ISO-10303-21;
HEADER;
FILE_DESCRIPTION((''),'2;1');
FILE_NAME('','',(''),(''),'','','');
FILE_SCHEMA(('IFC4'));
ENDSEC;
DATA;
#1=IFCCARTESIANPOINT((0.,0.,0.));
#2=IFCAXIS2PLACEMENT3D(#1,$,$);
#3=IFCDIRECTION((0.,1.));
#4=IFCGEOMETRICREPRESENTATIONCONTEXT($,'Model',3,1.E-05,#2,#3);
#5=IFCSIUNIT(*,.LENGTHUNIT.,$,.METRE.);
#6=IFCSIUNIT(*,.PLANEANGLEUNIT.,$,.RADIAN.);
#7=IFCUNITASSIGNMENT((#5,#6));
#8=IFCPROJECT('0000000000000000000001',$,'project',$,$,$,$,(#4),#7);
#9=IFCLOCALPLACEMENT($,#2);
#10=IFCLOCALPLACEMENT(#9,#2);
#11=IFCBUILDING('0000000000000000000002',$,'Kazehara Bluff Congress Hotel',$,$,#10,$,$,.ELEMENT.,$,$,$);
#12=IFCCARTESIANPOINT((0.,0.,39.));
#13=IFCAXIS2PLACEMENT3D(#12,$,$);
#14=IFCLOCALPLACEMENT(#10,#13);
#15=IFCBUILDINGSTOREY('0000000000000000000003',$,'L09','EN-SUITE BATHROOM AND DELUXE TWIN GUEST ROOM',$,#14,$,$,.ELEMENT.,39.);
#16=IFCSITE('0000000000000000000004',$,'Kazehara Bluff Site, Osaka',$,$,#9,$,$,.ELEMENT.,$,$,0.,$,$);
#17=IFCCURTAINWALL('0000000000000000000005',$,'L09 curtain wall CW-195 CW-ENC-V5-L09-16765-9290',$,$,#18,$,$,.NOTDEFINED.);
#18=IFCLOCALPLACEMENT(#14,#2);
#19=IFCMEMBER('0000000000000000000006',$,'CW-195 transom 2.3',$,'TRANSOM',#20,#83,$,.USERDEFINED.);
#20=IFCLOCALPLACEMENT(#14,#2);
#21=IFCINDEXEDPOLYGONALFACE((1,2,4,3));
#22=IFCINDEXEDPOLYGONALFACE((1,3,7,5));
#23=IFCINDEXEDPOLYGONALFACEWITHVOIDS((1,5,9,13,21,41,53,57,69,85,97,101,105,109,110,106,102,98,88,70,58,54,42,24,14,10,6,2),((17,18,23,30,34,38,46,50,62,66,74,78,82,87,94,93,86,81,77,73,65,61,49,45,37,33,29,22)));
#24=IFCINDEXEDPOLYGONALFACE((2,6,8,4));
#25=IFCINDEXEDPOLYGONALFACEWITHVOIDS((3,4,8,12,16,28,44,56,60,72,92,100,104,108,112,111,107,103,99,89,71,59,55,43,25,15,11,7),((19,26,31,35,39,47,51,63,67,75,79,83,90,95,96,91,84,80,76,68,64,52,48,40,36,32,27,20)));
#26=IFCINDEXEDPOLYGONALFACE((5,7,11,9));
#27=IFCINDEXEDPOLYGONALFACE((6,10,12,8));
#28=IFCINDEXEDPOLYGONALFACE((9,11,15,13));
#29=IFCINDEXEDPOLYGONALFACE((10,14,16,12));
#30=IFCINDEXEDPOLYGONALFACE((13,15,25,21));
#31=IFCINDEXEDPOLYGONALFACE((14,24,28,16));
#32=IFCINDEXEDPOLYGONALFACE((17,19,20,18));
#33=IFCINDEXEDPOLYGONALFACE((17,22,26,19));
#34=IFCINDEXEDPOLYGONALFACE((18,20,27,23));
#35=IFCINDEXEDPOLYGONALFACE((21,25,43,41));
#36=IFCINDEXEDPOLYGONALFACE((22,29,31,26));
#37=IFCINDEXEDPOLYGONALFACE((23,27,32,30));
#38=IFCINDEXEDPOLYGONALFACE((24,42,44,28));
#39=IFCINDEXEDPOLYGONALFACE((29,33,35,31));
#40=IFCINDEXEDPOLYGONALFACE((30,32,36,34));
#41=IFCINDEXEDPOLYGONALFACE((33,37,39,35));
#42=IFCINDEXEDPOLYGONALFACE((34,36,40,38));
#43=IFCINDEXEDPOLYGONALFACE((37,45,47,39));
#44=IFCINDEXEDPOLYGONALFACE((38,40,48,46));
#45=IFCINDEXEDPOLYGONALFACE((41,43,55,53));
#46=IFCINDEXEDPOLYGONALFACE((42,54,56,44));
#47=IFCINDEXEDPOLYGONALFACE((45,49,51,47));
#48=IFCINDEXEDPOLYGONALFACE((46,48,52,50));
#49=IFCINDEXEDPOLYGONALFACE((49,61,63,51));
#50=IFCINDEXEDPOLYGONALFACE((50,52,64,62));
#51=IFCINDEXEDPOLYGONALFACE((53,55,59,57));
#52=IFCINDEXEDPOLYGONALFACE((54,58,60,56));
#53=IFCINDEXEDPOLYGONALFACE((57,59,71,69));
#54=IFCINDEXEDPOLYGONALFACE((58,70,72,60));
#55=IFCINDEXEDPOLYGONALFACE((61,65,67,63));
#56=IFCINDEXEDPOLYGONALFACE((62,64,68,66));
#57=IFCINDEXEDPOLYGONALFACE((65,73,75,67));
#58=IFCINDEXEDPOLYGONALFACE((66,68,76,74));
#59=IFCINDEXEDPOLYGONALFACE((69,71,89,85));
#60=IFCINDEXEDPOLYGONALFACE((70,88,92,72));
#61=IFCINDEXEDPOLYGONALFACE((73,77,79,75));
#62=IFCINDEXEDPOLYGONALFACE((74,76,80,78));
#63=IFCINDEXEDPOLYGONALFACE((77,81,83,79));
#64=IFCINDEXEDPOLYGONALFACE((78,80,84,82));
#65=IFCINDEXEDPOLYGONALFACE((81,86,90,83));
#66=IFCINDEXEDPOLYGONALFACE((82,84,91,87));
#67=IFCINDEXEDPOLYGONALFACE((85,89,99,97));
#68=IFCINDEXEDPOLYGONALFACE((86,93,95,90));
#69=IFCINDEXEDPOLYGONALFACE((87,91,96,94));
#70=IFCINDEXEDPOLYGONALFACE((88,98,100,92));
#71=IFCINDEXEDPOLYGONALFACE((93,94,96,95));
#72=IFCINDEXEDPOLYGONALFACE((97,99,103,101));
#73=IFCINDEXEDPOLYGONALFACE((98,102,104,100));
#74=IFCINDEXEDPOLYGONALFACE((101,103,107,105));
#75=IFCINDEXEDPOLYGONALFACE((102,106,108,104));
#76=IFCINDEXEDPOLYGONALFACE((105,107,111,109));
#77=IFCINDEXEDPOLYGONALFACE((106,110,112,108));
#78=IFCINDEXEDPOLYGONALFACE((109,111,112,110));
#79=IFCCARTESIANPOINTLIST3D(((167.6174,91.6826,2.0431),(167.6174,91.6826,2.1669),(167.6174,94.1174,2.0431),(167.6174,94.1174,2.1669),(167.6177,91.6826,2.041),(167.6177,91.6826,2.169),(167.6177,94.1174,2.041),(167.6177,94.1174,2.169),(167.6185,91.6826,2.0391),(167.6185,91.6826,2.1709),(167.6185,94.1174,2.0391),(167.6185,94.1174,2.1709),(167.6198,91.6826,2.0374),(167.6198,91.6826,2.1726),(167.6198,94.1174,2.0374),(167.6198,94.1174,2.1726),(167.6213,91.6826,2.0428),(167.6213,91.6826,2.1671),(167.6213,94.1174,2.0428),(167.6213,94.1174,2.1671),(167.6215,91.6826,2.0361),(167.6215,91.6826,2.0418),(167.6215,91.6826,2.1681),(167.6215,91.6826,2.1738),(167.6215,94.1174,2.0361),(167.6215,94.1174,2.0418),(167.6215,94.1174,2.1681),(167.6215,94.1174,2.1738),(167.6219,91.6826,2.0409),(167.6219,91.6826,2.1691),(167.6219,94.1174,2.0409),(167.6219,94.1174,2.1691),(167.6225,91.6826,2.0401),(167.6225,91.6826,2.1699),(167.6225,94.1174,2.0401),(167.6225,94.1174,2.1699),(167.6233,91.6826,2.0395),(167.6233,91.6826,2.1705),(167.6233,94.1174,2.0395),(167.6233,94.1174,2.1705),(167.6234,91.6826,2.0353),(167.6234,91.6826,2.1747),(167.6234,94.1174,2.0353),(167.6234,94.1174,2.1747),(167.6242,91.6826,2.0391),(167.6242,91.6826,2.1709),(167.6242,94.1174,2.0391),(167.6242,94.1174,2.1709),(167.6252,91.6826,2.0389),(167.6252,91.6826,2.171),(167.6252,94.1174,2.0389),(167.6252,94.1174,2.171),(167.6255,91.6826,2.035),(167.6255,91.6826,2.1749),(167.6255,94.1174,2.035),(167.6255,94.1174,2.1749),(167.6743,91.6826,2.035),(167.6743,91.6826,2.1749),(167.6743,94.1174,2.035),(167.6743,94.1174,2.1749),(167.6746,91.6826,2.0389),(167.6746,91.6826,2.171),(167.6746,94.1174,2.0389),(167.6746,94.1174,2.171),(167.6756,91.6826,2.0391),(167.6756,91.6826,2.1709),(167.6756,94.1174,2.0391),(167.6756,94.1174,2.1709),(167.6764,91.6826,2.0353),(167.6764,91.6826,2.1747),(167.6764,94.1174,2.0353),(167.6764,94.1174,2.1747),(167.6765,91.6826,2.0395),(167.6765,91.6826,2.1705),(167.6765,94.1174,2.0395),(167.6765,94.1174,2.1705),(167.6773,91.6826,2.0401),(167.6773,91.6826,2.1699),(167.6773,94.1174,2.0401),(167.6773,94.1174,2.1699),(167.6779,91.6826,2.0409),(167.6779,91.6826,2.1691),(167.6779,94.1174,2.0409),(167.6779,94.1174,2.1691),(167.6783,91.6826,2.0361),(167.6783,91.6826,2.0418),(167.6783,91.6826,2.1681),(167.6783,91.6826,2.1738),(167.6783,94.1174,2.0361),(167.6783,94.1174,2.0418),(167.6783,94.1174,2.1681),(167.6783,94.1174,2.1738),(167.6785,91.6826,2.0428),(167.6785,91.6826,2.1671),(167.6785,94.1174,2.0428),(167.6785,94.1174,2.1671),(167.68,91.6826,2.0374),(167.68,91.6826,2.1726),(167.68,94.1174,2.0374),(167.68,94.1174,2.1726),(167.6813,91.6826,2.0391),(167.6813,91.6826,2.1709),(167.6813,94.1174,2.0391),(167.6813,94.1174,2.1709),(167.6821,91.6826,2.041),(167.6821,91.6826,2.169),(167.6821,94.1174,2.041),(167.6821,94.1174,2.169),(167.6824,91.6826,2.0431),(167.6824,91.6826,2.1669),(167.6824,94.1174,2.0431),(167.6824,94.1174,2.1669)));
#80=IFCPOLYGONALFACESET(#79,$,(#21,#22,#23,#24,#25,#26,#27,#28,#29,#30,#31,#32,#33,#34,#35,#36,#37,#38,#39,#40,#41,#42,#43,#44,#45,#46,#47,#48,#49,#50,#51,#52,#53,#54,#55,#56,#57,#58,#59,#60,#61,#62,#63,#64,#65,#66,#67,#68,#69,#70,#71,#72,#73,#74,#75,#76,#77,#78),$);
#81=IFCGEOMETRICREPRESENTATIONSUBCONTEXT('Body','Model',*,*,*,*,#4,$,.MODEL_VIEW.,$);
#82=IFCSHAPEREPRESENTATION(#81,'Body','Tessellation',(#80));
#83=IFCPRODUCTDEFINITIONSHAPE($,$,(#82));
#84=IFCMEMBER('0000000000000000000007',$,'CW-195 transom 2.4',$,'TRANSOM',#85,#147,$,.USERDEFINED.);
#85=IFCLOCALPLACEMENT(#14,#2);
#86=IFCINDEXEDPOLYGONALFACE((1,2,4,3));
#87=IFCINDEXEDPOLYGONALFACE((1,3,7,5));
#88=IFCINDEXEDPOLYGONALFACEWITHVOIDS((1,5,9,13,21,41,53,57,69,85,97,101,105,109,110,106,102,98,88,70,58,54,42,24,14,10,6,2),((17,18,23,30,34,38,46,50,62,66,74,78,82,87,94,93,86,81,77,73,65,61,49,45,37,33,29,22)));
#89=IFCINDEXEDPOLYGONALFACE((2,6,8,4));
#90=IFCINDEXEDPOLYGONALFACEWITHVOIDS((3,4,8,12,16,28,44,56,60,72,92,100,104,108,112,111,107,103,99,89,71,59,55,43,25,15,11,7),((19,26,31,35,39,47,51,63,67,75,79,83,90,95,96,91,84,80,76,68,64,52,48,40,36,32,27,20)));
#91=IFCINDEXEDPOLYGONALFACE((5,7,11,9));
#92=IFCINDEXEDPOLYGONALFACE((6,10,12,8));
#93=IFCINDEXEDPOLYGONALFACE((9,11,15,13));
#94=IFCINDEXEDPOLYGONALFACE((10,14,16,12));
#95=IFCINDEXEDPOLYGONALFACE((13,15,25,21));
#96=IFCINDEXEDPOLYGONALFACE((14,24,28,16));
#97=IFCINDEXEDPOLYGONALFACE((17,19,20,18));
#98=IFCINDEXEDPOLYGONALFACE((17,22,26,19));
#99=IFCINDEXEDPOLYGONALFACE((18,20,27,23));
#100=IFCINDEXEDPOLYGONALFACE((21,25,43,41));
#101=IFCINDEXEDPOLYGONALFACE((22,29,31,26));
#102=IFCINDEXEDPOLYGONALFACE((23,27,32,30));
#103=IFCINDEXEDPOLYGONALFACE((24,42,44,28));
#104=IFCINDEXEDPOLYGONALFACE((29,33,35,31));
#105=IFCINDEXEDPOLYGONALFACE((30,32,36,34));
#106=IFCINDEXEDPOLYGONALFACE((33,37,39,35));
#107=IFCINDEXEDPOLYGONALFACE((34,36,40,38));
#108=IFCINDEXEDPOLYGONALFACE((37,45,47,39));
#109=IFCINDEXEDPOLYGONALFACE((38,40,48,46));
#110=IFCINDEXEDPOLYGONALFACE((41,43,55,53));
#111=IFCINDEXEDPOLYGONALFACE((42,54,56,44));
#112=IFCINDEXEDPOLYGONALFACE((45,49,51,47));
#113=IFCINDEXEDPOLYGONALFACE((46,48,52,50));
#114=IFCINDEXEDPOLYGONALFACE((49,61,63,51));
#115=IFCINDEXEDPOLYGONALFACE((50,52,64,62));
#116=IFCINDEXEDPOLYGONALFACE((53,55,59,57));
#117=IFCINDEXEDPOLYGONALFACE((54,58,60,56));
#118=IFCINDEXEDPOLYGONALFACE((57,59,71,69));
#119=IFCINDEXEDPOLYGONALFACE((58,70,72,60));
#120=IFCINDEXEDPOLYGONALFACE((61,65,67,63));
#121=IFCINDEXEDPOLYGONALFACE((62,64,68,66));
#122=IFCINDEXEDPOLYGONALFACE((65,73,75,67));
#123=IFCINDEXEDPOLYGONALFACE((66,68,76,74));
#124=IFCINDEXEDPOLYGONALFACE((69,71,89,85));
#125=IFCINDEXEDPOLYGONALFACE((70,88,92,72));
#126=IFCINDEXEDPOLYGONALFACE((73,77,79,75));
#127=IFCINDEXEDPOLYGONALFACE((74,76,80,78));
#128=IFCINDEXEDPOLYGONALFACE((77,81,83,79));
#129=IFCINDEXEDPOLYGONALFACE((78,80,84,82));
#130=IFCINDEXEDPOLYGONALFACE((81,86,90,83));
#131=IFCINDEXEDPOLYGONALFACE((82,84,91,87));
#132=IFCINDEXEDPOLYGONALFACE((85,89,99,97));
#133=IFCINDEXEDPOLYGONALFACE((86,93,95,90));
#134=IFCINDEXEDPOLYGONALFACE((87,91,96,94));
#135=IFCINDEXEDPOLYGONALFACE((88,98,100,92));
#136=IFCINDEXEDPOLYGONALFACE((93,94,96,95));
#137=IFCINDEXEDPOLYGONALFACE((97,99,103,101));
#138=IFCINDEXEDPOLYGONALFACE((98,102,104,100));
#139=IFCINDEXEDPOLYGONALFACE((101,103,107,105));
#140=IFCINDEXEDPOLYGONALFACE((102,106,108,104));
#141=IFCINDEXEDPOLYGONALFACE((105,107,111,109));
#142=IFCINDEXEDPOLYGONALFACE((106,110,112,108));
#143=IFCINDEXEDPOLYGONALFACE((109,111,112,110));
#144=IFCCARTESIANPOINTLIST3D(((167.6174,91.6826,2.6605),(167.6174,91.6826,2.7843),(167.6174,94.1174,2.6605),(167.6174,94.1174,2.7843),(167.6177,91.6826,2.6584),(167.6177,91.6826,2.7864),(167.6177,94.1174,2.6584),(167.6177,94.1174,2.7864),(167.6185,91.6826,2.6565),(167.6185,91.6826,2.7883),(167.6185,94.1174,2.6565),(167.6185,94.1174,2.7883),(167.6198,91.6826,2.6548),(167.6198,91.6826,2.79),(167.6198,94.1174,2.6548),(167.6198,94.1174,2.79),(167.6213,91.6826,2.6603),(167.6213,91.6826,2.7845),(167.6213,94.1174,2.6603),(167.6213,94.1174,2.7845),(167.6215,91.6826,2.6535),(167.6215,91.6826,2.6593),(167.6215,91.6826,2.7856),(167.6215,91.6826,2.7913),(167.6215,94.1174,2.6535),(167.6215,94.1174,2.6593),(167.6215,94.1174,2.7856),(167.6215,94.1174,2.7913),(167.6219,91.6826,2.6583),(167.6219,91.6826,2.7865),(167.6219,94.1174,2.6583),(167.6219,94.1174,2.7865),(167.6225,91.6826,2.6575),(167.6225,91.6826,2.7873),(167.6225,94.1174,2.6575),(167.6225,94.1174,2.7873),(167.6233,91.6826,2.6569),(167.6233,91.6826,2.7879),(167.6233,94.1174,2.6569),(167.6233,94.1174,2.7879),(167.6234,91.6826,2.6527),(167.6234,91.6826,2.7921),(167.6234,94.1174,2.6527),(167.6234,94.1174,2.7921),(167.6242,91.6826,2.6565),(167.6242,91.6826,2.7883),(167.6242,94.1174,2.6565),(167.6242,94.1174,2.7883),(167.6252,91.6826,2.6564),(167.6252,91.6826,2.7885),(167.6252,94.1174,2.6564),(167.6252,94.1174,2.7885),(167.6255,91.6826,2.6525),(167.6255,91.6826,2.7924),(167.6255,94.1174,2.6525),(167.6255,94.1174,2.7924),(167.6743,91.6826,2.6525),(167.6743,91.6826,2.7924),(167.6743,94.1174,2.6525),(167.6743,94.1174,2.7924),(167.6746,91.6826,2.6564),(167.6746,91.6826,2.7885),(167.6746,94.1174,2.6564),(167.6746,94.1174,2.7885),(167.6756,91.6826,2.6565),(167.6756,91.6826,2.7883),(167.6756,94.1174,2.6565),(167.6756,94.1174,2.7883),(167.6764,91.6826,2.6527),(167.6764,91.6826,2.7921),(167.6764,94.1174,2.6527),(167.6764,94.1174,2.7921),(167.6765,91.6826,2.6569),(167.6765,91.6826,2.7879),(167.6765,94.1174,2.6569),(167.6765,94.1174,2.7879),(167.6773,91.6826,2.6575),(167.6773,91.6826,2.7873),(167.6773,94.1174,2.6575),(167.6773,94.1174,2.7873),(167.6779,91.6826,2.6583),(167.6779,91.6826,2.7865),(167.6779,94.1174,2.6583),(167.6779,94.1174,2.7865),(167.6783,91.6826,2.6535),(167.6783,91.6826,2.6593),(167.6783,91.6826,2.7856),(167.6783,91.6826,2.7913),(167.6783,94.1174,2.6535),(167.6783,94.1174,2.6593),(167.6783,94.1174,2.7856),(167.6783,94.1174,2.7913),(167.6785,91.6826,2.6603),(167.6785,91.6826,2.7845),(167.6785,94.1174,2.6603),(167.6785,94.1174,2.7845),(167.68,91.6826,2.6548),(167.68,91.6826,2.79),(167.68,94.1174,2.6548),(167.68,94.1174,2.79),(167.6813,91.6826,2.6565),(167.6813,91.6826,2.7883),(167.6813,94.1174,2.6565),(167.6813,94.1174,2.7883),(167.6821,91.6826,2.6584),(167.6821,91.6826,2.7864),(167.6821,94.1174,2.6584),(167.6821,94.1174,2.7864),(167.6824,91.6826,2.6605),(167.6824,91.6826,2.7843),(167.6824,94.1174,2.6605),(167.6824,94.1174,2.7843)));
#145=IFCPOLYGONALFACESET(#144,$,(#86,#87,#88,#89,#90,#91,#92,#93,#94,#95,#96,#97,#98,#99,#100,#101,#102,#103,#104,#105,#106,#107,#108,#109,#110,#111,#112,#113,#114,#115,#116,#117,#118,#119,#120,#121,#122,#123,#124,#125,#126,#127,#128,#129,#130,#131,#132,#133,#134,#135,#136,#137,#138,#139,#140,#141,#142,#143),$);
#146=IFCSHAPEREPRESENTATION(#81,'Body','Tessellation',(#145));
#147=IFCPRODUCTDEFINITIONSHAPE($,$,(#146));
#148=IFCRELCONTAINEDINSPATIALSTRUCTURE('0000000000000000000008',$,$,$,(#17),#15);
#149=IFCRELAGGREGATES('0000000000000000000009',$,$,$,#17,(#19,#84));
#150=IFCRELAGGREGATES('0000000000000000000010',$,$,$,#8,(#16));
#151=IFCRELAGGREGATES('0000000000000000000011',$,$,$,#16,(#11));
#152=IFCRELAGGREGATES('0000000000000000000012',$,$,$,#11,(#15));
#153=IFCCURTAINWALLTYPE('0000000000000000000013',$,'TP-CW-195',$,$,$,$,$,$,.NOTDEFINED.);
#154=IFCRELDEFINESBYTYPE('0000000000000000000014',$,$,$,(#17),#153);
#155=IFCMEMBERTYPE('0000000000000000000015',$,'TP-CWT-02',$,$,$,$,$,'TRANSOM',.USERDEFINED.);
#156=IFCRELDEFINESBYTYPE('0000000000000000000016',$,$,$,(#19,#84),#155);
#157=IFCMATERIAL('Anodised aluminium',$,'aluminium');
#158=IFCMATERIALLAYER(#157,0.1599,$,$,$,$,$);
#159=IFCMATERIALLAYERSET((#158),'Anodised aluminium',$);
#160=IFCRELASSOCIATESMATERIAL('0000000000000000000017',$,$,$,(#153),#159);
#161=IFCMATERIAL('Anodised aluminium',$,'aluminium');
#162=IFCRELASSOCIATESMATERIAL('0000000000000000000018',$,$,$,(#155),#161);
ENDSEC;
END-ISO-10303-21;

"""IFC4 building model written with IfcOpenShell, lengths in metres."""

from ifc_helpers import new_model, si_unit, direction, frame, origin, origin_2d, place, context, subcontext, project, spatial, hollow_rectangle, extrude, material, layer, layer_set, material_profile, profile_set, type_object, element, aggregate, save


model = new_model("IFC4")

# Units and contexts
model_context = context("Model", 3, precision=1e-05, world=origin(), true_north=direction((0.0, 1.0)))
body_context = subcontext(model_context, "Body", "Model", "MODEL_VIEW")
ifc_project = project(units=[si_unit("LENGTHUNIT", "METRE"), si_unit("PLANEANGLEUNIT", "RADIAN")], contexts=[model_context])

# Site, building, storey
site_placement = place(None, origin())
site = spatial("IfcSite", under=ifc_project, at=site_placement, Name="Kazehara Bluff Site, Osaka", CompositionType="ELEMENT", RefElevation=0.0)
building_placement = place(site_placement, origin())
building = spatial("IfcBuilding", under=site, at=building_placement, Name="Kazehara Bluff Congress Hotel", CompositionType="ELEMENT")
storey_placement = place(building_placement, frame((0.0, 0.0, 39.0)))
storey = spatial("IfcBuildingStorey", under=building, at=storey_placement, Name="L09", Description="EN-SUITE BATHROOM AND DELUXE TWIN GUEST ROOM", CompositionType="ELEMENT", Elevation=39.0)

# Curtain wall
ifc_material_1 = material(Name="Anodised aluminium", Category="aluminium")
ifc_layer_1 = layer(ifc_material_1, 0.1599)
ifc_layer_set_1 = layer_set([ifc_layer_1], Name="Anodised aluminium")
curtain_wall_type_1 = type_object("IfcCurtainWallType", Name="TP-CW-195", PredefinedType="NOTDEFINED", material=ifc_layer_set_1)
curtain_wall_1_placement = place(storey_placement, origin())
curtain_wall_1 = element("IfcCurtainWall", 1, at=curtain_wall_1_placement, inside=storey, type_object=curtain_wall_type_1, Name="L09 curtain wall CW-195 CW-ENC-V5-L09-16765-9290", PredefinedType="NOTDEFINED")

# Members
ifc_material_2 = material(Name="Anodised aluminium", Category="aluminium")
ifc_material_profile_1 = material_profile(ifc_material_2, hollow_rectangle(XDim=0.0649, YDim=0.1399, WallThickness=0.0039, InnerFilletRadius=0.0039, OuterFilletRadius=0.0081, at=origin_2d()))
ifc_profile_set_1 = profile_set([ifc_material_profile_1], Name="Anodised aluminium")
member_type_1 = type_object("IfcMemberType", Name="TP-CWT-02", ElementType="TRANSOM", PredefinedType="USERDEFINED", material=ifc_profile_set_1)
member_1_placement = place(storey_placement, frame((167.6499, 94.1174, 2.105), z_axis=(0.0, -1.0, 0.0), x_axis=(1.0, 0.0, 0.0)))
member_1 = element("IfcMember", 2, at=member_1_placement, type_object=member_type_1, Name="CW-195 transom 2.3", ObjectType="TRANSOM", PredefinedType="USERDEFINED", context=body_context, shape_type="SweptSolid", body=[
    extrude(hollow_rectangle(XDim=0.0649, YDim=0.1399, WallThickness=0.0039, InnerFilletRadius=0.0039, OuterFilletRadius=0.0081, at=origin_2d()), origin(), (0.0, 0.0, 1.0), 2.4348),
])
member_2_placement = place(storey_placement, frame((167.6499, 94.1174, 2.7224), z_axis=(0.0, -1.0, 0.0), x_axis=(1.0, 0.0, 0.0)))
member_2 = element("IfcMember", 3, at=member_2_placement, type_object=member_type_1, Name="CW-195 transom 2.4", ObjectType="TRANSOM", PredefinedType="USERDEFINED", context=body_context, shape_type="SweptSolid", body=[
    extrude(hollow_rectangle(XDim=0.0649, YDim=0.1399, WallThickness=0.0039, InnerFilletRadius=0.0039, OuterFilletRadius=0.0081, at=origin_2d()), origin(), (0.0, 0.0, 1.0), 2.4348),
])

aggregate(curtain_wall_1, [member_1, member_2])

save(model, "model.ifc")
